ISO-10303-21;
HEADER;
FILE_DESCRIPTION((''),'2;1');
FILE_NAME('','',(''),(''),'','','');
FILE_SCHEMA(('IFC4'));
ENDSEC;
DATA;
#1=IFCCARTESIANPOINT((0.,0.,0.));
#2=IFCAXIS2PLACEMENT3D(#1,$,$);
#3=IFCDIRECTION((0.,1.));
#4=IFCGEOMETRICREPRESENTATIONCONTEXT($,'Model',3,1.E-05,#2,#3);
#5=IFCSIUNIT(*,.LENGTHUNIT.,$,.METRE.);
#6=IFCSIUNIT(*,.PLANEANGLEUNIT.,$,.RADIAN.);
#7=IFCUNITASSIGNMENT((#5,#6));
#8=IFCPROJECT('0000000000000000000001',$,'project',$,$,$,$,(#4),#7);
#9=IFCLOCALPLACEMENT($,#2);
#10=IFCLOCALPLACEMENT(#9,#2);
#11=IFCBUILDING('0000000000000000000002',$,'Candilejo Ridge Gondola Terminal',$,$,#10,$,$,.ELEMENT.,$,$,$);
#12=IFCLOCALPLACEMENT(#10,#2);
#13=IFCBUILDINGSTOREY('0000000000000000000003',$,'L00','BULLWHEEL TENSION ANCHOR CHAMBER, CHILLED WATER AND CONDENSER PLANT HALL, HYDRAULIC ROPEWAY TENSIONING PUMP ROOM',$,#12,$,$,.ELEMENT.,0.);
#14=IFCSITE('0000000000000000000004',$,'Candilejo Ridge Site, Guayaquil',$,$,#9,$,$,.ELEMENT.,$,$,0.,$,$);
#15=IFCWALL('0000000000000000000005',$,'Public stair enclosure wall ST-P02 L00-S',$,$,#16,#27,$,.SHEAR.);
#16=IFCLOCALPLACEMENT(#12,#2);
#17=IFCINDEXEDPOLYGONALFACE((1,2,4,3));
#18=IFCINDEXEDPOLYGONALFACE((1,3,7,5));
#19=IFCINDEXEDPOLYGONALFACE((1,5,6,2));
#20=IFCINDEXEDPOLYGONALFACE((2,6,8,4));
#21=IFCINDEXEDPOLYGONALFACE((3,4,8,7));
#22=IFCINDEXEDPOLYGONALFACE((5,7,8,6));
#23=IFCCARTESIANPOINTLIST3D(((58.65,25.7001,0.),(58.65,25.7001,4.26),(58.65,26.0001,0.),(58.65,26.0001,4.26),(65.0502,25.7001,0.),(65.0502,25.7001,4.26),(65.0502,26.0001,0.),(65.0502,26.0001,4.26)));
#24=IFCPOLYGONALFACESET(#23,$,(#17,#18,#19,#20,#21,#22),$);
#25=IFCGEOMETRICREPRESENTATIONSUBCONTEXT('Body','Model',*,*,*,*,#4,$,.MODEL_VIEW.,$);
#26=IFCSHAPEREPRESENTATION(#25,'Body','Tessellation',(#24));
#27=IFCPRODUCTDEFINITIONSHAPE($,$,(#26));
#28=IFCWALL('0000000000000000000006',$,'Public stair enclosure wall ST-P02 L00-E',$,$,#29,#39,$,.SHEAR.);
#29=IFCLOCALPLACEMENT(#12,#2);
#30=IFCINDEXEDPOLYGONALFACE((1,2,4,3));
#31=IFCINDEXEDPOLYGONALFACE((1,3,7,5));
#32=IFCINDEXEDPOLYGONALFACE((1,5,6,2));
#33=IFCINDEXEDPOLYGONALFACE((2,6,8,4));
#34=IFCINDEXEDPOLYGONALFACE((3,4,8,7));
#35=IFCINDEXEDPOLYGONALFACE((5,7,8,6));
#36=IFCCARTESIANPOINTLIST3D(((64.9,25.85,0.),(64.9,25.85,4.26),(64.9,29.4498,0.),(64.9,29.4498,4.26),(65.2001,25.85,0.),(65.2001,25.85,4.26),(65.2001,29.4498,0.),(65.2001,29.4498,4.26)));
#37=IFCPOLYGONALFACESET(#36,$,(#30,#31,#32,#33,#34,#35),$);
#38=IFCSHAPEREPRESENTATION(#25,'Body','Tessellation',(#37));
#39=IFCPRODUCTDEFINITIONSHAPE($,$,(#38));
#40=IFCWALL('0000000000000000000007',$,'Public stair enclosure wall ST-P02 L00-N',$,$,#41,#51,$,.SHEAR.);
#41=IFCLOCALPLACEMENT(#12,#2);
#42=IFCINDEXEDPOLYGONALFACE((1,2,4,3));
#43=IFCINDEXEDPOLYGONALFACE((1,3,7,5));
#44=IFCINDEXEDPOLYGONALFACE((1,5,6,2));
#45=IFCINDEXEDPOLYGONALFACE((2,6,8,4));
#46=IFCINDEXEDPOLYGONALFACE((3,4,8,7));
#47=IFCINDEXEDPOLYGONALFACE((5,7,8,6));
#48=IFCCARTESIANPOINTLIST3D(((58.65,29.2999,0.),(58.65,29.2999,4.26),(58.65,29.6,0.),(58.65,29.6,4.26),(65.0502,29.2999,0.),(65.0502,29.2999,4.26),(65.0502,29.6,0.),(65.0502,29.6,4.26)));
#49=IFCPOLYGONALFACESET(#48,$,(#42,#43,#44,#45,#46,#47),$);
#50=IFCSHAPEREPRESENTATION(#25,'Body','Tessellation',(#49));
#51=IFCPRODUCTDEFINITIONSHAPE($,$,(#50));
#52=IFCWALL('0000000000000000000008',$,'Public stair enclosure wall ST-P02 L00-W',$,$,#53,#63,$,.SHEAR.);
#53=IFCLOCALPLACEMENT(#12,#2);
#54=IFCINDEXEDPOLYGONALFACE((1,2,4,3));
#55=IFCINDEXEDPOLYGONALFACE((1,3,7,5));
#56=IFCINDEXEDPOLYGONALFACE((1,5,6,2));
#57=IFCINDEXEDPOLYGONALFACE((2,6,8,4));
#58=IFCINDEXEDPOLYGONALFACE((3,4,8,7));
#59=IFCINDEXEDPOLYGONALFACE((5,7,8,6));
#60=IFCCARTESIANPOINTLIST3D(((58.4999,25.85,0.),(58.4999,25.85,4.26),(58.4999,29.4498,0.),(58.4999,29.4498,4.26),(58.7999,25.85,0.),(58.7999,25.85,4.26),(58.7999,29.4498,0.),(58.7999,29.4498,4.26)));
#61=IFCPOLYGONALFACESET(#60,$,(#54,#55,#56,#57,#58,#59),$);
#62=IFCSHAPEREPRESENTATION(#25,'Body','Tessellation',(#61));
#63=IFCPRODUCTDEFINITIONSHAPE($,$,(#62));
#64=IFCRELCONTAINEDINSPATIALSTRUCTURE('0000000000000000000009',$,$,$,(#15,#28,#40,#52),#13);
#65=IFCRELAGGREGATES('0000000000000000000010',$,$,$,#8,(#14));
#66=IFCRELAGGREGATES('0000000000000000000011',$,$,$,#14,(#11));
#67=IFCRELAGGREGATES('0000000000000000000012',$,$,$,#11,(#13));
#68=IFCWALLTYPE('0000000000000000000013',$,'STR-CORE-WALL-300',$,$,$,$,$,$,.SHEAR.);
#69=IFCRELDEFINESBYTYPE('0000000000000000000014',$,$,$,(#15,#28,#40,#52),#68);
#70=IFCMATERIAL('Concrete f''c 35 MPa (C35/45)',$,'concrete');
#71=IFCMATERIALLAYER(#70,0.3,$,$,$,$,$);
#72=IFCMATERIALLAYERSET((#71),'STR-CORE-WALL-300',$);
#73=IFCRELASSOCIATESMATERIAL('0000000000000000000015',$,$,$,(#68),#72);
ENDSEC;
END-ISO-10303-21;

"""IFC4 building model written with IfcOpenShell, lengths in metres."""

from ifc_helpers import new_model, si_unit, direction, frame, frame_2d, origin, place, context, subcontext, project, spatial, rectangle, extrude, material, layer, layer_set, type_object, element, save


model = new_model("IFC4")

# Units and contexts
model_context = context("Model", 3, precision=1e-05, world=origin(), true_north=direction((0.0, 1.0)))
body_context = subcontext(model_context, "Body", "Model", "MODEL_VIEW")
ifc_project = project(units=[si_unit("LENGTHUNIT", "METRE"), si_unit("PLANEANGLEUNIT", "RADIAN")], contexts=[model_context])

# Site, building, storey
site_placement = place(None, origin())
site = spatial("IfcSite", under=ifc_project, at=site_placement, Name="Candilejo Ridge Site, Guayaquil", CompositionType="ELEMENT", RefElevation=0.0)
building_placement = place(site_placement, origin())
building = spatial("IfcBuilding", under=site, at=building_placement, Name="Candilejo Ridge Gondola Terminal", CompositionType="ELEMENT")
storey_placement = place(building_placement, origin())
storey = spatial("IfcBuildingStorey", under=building, at=storey_placement, Name="L00", Description="BULLWHEEL TENSION ANCHOR CHAMBER, CHILLED WATER AND CONDENSER PLANT HALL, HYDRAULIC ROPEWAY TENSIONING PUMP ROOM", CompositionType="ELEMENT", Elevation=0.0)

# Walls
ifc_material_1 = material(Name="Concrete f'c 35 MPa (C35/45)", Category="concrete")
ifc_layer_1 = layer(ifc_material_1, 0.3)
ifc_layer_set_1 = layer_set([ifc_layer_1], Name="STR-CORE-WALL-300")
wall_type_1 = type_object("IfcWallType", Name="STR-CORE-WALL-300", PredefinedType="SHEAR", material=ifc_layer_set_1)
wall_1_placement = place(storey_placement, frame((58.6499, 25.8501, 0.0), z_axis=(0.0, 0.0, 1.0), x_axis=(1.0, 0.0, 0.0)))
element("IfcWall", 1, at=wall_1_placement, inside=storey, type_object=wall_type_1, Name="Public stair enclosure wall ST-P02 L00-S", PredefinedType="SHEAR", context=body_context, shape_type="SweptSolid", body=[
    extrude(rectangle(XDim=6.4001, YDim=0.3, at=frame_2d((3.2002, 0.0))), origin(), (0.0, 0.0, 1.0), 4.26),
])
wall_2_placement = place(storey_placement, frame((65.05, 25.8501, 0.0), z_axis=(0.0, 0.0, 1.0), x_axis=(0.0, 1.0, 0.0)))
element("IfcWall", 2, at=wall_2_placement, inside=storey, type_object=wall_type_1, Name="Public stair enclosure wall ST-P02 L00-E", PredefinedType="SHEAR", context=body_context, shape_type="SweptSolid", body=[
    extrude(rectangle(XDim=3.5999, YDim=0.3, at=frame_2d((1.7998, 0.0))), origin(), (0.0, 0.0, 1.0), 4.26),
])
wall_3_placement = place(storey_placement, frame((58.6499, 29.45, 0.0), z_axis=(0.0, 0.0, 1.0), x_axis=(1.0, 0.0, 0.0)))
element("IfcWall", 3, at=wall_3_placement, inside=storey, type_object=wall_type_1, Name="Public stair enclosure wall ST-P02 L00-N", PredefinedType="SHEAR", context=body_context, shape_type="SweptSolid", body=[
    extrude(rectangle(XDim=6.4001, YDim=0.3, at=frame_2d((3.2002, 0.0))), origin(), (0.0, 0.0, 1.0), 4.26),
])
wall_4_placement = place(storey_placement, frame((58.6499, 25.8501, 0.0), z_axis=(0.0, 0.0, 1.0), x_axis=(0.0, 1.0, 0.0)))
element("IfcWall", 4, at=wall_4_placement, inside=storey, type_object=wall_type_1, Name="Public stair enclosure wall ST-P02 L00-W", PredefinedType="SHEAR", context=body_context, shape_type="SweptSolid", body=[
    extrude(rectangle(XDim=3.5999, YDim=0.3, at=frame_2d((1.7998, 0.0))), origin(), (0.0, 0.0, 1.0), 4.26),
])

save(model, "model.ifc")
